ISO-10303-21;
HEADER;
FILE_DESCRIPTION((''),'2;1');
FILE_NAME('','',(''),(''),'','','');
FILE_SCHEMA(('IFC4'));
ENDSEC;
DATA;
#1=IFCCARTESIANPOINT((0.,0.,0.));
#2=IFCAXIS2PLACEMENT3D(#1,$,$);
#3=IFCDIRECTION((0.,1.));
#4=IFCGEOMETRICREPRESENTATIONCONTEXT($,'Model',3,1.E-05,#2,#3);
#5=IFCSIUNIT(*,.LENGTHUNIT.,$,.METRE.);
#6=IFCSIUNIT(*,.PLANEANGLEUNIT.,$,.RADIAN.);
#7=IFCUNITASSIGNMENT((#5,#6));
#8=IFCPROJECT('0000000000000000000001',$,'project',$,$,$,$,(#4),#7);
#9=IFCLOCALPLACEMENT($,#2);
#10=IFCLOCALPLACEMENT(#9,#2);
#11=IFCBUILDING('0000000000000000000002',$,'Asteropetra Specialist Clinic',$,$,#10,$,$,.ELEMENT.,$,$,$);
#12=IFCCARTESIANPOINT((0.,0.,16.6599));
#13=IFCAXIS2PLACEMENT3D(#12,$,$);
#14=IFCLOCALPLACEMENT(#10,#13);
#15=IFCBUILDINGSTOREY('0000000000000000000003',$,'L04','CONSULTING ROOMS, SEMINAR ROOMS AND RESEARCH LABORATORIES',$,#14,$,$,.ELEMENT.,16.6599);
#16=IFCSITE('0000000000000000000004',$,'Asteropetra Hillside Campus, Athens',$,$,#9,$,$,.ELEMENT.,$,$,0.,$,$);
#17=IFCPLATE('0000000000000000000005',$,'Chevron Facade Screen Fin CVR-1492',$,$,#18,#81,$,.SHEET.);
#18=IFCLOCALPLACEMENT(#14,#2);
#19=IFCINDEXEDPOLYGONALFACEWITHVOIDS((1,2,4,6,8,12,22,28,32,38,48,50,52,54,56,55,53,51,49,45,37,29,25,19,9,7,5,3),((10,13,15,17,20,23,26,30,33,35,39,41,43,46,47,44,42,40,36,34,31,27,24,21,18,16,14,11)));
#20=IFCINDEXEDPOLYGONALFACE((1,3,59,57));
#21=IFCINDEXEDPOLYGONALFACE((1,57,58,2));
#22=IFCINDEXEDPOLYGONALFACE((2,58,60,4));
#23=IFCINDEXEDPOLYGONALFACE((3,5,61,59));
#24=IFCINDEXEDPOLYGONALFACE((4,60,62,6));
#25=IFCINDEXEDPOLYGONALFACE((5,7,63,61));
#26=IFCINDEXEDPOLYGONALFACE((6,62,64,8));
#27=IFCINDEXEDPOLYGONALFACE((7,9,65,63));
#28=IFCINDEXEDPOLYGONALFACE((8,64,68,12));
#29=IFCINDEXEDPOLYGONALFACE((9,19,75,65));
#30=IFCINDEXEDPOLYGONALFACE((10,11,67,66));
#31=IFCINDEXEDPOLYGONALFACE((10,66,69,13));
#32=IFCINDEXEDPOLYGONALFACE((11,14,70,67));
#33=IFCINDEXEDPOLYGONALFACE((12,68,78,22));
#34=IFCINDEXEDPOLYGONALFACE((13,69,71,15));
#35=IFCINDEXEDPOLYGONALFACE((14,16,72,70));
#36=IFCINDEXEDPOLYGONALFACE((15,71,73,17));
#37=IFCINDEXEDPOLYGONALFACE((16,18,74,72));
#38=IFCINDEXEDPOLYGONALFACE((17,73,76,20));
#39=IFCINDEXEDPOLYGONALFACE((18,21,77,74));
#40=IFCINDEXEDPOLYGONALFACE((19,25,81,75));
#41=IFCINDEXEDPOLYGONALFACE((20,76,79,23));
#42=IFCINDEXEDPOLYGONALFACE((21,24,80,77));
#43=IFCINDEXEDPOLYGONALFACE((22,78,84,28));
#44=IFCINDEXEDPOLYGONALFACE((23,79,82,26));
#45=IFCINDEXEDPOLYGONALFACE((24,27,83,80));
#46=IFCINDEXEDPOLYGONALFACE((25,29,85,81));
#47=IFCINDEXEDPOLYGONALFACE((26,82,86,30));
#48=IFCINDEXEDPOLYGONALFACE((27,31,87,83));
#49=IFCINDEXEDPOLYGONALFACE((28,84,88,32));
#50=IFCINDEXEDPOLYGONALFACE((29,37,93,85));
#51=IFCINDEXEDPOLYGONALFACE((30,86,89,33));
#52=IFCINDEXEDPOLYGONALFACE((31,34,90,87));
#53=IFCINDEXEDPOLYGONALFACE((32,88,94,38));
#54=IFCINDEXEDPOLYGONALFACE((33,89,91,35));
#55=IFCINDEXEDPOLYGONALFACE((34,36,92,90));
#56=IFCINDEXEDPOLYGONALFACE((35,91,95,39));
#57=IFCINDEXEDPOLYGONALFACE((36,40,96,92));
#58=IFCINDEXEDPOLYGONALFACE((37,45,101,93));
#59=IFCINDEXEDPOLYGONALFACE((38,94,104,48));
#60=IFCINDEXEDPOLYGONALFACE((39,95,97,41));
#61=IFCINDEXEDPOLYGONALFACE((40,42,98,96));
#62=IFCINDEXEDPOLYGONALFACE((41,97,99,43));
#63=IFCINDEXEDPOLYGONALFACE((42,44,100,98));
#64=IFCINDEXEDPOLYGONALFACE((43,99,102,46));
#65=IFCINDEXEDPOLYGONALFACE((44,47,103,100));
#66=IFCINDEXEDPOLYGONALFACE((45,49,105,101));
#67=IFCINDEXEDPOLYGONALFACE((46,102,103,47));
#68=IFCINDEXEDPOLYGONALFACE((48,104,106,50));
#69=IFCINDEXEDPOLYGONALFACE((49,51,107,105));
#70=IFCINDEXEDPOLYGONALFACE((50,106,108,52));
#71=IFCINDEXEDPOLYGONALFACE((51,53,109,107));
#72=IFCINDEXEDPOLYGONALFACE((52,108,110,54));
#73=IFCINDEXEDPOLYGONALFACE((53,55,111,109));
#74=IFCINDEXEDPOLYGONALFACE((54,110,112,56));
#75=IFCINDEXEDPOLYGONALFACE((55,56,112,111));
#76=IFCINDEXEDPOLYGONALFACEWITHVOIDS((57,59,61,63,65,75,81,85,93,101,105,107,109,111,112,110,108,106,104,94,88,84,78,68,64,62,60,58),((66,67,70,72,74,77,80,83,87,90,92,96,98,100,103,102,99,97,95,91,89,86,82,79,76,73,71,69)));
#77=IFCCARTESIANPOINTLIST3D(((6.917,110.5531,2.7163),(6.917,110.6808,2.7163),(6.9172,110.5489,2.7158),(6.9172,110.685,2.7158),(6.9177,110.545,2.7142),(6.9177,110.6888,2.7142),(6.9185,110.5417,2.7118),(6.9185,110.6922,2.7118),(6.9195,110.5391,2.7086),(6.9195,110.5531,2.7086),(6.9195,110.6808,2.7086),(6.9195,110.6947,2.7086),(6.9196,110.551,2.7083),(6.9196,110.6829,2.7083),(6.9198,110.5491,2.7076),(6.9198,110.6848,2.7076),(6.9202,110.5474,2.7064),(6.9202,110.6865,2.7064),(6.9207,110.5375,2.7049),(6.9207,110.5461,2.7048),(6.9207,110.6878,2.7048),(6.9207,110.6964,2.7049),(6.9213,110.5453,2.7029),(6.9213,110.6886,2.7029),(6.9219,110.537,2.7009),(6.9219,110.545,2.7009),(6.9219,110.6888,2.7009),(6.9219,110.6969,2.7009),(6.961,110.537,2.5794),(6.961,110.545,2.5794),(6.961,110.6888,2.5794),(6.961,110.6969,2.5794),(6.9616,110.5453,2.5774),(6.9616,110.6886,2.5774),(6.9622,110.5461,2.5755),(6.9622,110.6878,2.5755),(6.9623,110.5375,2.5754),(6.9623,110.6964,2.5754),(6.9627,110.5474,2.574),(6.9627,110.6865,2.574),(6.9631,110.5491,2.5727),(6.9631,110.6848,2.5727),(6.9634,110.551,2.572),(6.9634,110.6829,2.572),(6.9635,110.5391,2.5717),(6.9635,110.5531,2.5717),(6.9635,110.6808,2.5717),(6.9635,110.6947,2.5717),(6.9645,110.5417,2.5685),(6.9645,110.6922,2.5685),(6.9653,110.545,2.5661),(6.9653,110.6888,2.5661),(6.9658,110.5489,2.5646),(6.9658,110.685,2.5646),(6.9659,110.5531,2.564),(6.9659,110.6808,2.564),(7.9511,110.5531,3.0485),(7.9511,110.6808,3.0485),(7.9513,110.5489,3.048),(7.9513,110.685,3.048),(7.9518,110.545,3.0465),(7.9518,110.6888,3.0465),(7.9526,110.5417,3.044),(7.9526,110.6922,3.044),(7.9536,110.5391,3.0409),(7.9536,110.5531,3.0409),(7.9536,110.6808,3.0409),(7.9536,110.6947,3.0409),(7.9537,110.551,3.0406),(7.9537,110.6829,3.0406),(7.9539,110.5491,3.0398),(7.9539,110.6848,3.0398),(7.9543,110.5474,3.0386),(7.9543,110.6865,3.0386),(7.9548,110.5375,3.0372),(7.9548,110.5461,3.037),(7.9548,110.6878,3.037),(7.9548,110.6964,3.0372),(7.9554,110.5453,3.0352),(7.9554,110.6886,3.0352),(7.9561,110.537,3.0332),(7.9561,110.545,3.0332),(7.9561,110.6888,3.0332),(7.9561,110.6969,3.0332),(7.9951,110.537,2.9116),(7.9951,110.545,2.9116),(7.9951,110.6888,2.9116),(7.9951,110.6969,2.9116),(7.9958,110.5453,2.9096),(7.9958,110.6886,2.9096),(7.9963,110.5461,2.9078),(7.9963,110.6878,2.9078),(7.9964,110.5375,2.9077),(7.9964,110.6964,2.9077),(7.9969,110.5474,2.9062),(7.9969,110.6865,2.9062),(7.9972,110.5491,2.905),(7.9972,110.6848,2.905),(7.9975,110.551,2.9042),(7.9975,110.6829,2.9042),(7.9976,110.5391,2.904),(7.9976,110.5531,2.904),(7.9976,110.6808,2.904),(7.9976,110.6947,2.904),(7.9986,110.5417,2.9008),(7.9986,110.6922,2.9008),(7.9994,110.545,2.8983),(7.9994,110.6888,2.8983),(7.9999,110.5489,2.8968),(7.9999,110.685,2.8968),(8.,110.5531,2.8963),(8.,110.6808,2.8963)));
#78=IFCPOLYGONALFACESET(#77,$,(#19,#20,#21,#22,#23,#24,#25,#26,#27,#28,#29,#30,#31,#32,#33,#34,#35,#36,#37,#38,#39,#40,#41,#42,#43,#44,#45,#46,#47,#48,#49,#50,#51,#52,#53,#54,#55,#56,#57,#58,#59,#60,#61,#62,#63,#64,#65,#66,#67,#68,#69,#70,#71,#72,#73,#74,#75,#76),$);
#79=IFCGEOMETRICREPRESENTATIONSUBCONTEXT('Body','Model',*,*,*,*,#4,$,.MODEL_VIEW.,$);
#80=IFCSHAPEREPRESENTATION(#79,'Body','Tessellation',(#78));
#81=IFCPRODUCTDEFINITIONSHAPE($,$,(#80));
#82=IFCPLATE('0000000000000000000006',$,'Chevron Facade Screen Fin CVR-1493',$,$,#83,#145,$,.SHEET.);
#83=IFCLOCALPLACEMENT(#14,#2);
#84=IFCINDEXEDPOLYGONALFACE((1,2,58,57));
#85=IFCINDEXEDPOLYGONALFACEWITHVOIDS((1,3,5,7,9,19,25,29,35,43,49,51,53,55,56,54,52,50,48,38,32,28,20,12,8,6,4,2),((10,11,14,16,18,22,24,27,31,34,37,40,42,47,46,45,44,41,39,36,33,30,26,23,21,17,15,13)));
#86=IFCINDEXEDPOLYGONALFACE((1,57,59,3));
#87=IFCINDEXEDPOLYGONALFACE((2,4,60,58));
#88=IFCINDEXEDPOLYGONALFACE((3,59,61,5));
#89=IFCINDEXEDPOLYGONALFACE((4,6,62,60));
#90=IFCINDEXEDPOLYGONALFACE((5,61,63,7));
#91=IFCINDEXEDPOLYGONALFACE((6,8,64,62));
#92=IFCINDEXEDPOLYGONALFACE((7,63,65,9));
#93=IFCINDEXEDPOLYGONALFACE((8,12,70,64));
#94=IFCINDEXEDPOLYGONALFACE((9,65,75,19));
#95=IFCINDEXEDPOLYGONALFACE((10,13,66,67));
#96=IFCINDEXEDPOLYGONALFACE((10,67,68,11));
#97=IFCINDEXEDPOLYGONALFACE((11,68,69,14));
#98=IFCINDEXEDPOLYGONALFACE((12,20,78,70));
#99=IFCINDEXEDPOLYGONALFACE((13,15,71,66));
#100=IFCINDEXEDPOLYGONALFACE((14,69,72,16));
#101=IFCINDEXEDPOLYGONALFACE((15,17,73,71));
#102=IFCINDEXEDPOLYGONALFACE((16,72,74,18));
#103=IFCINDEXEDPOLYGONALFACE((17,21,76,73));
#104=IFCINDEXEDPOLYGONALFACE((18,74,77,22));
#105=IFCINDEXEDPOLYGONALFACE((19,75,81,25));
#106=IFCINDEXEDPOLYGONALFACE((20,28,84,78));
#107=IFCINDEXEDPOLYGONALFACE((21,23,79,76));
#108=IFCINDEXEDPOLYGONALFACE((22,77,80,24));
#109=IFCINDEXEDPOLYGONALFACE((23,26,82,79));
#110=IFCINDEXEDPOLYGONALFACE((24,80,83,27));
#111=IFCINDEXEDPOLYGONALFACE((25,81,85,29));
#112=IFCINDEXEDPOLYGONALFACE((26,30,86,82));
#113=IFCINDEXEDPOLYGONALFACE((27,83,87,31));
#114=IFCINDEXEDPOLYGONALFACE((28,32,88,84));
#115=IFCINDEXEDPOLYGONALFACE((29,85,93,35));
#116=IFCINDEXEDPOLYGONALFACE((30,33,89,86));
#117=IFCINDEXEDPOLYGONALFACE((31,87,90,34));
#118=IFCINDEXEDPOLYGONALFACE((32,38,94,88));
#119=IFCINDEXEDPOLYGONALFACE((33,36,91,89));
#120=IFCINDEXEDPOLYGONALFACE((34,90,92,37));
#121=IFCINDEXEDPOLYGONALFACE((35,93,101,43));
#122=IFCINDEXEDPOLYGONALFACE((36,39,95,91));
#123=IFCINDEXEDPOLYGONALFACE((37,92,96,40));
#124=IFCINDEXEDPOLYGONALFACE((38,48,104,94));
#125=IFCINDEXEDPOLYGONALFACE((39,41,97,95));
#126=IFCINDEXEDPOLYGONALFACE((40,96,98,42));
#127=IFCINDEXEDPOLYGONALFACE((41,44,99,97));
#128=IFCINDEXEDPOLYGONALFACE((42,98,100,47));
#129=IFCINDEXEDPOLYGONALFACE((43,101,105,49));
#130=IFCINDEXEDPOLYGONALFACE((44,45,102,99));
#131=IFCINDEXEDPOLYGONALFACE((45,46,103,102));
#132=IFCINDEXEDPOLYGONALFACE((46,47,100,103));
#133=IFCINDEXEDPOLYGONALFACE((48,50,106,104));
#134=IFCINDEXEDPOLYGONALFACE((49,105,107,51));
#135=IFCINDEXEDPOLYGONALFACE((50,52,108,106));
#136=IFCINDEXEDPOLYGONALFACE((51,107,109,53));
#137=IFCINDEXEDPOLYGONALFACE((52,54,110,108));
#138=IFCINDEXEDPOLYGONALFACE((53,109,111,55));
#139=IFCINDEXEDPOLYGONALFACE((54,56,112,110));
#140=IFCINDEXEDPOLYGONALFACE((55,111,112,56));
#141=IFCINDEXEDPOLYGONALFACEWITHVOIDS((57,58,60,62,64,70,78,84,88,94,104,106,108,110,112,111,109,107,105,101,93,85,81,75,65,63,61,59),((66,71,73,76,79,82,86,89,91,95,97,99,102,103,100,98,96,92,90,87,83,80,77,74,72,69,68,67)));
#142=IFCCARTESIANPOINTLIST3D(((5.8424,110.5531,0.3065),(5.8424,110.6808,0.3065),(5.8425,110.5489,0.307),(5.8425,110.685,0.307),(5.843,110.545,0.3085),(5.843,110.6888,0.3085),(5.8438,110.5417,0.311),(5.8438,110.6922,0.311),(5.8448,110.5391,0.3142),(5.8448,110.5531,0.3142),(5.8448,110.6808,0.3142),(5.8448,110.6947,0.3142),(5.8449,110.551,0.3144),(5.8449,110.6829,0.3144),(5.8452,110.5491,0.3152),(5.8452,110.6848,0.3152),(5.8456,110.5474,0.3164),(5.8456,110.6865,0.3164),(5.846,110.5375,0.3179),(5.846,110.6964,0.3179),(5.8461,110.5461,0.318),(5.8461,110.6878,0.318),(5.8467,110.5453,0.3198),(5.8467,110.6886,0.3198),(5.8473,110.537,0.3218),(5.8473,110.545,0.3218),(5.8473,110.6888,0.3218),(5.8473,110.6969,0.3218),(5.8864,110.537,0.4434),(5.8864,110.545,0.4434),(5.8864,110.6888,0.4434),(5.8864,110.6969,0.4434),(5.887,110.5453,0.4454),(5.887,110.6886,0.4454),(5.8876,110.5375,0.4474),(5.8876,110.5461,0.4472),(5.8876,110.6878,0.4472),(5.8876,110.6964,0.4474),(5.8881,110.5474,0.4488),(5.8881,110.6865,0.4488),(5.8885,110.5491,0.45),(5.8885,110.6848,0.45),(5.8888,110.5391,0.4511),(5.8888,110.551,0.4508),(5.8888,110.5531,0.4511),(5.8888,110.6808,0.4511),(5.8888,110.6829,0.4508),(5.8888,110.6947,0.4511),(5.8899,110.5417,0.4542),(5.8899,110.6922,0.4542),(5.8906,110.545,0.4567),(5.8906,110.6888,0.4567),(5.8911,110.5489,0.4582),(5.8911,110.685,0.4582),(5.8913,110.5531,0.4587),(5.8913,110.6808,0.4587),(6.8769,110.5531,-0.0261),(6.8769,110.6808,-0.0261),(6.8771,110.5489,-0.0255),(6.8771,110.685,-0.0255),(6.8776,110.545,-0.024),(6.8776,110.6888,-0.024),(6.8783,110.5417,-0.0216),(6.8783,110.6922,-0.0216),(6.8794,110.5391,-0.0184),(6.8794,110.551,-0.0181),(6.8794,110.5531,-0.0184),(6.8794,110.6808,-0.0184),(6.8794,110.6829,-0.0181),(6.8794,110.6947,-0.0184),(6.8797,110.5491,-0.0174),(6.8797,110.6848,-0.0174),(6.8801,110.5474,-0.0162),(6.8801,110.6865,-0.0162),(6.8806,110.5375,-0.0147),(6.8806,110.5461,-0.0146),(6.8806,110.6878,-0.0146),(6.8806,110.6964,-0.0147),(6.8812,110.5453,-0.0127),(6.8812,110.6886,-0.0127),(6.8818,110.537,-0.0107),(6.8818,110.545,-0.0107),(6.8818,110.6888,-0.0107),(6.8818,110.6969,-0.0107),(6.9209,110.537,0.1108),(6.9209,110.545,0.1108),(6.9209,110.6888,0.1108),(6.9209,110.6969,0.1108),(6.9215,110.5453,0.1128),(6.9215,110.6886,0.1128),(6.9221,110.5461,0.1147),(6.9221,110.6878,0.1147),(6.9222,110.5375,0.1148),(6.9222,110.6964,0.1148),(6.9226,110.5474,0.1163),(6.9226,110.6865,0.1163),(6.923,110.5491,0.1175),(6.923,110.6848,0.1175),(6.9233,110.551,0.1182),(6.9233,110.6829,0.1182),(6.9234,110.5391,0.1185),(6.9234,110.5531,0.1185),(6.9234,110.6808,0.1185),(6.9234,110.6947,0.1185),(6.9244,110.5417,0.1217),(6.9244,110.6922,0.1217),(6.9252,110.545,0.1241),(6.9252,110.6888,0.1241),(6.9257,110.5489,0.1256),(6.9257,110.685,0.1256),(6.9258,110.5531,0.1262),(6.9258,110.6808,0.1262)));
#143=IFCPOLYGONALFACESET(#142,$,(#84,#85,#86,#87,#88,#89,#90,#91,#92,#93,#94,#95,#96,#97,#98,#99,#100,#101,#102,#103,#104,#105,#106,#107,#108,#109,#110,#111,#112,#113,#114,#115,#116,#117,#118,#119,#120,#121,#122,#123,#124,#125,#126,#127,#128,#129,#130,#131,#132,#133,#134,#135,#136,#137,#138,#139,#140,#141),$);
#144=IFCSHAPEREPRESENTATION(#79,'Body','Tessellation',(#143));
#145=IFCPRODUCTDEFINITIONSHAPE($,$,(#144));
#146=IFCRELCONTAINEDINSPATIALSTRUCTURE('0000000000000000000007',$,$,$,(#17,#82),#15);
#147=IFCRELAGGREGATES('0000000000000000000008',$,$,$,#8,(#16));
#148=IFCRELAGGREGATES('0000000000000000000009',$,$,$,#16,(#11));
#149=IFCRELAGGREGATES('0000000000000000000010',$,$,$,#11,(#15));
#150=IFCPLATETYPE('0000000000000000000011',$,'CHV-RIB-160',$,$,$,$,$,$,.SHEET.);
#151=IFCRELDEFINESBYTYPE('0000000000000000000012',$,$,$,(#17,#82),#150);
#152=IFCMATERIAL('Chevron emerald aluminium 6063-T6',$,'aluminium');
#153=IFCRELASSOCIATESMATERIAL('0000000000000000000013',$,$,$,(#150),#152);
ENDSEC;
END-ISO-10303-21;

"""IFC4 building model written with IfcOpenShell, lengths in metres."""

from ifc_helpers import new_model, si_unit, direction, frame, origin, origin_2d, place, context, subcontext, project, spatial, hollow_rectangle, extrude, material, material_profile, profile_set, type_object, element, save


model = new_model("IFC4")

# Units and contexts
model_context = context("Model", 3, precision=1e-05, world=origin(), true_north=direction((0.0, 1.0)))
body_context = subcontext(model_context, "Body", "Model", "MODEL_VIEW")
ifc_project = project(units=[si_unit("LENGTHUNIT", "METRE"), si_unit("PLANEANGLEUNIT", "RADIAN")], contexts=[model_context])

# Site, building, storey
site_placement = place(None, origin())
site = spatial("IfcSite", under=ifc_project, at=site_placement, Name="Asteropetra Hillside Campus, Athens", CompositionType="ELEMENT", RefElevation=0.0)
building_placement = place(site_placement, origin())
building = spatial("IfcBuilding", under=site, at=building_placement, Name="Asteropetra Specialist Clinic", CompositionType="ELEMENT")
storey_placement = place(building_placement, frame((0.0, 0.0, 16.6599)))
storey = spatial("IfcBuildingStorey", under=building, at=storey_placement, Name="L04", Description="CONSULTING ROOMS, SEMINAR ROOMS AND RESEARCH LABORATORIES", CompositionType="ELEMENT", Elevation=16.6599)

# Plates
ifc_material_1 = material(Name="Chevron emerald aluminium 6063-T6", Category="aluminium")
ifc_material_profile_1 = material_profile(ifc_material_1, hollow_rectangle(XDim=0.1599, YDim=0.1599, WallThickness=0.0081, InnerFilletRadius=0.0081, OuterFilletRadius=0.0161, at=origin_2d()), Name="SHS 160x160x8.0")
ifc_profile_set_1 = profile_set([ifc_material_profile_1], Name="Chevron emerald aluminium 6063-T6")
plate_type_1 = type_object("IfcPlateType", Name="CHV-RIB-160", PredefinedType="SHEET", material=ifc_profile_set_1)
plate_1_placement = place(storey_placement, frame((7.9756, 110.6169, 2.9724), z_axis=(-0.952066, 0.0, -0.305893), x_axis=(0.0, -1.0, 0.0)))
element("IfcPlate", 1, at=plate_1_placement, inside=storey, type_object=plate_type_1, Name="Chevron Facade Screen Fin CVR-1492", PredefinedType="SHEET", context=body_context, shape_type="SweptSolid", body=[
    extrude(hollow_rectangle(XDim=0.1599, YDim=0.1599, WallThickness=0.0081, InnerFilletRadius=0.0081, OuterFilletRadius=0.0161, at=origin_2d()), origin(), (0.0, 0.0, 1.0), 1.0862),
])
plate_2_placement = place(storey_placement, frame((6.9014, 110.6169, 0.05), z_axis=(-0.952022, 0.0, 0.306031), x_axis=(0.0, -1.0, 0.0)))
element("IfcPlate", 2, at=plate_2_placement, inside=storey, type_object=plate_type_1, Name="Chevron Facade Screen Fin CVR-1493", PredefinedType="SHEET", context=body_context, shape_type="SweptSolid", body=[
    extrude(hollow_rectangle(XDim=0.1599, YDim=0.1599, WallThickness=0.0081, InnerFilletRadius=0.0081, OuterFilletRadius=0.0161, at=origin_2d()), origin(), (0.0, 0.0, 1.0), 1.0867),
])

save(model, "model.ifc")
